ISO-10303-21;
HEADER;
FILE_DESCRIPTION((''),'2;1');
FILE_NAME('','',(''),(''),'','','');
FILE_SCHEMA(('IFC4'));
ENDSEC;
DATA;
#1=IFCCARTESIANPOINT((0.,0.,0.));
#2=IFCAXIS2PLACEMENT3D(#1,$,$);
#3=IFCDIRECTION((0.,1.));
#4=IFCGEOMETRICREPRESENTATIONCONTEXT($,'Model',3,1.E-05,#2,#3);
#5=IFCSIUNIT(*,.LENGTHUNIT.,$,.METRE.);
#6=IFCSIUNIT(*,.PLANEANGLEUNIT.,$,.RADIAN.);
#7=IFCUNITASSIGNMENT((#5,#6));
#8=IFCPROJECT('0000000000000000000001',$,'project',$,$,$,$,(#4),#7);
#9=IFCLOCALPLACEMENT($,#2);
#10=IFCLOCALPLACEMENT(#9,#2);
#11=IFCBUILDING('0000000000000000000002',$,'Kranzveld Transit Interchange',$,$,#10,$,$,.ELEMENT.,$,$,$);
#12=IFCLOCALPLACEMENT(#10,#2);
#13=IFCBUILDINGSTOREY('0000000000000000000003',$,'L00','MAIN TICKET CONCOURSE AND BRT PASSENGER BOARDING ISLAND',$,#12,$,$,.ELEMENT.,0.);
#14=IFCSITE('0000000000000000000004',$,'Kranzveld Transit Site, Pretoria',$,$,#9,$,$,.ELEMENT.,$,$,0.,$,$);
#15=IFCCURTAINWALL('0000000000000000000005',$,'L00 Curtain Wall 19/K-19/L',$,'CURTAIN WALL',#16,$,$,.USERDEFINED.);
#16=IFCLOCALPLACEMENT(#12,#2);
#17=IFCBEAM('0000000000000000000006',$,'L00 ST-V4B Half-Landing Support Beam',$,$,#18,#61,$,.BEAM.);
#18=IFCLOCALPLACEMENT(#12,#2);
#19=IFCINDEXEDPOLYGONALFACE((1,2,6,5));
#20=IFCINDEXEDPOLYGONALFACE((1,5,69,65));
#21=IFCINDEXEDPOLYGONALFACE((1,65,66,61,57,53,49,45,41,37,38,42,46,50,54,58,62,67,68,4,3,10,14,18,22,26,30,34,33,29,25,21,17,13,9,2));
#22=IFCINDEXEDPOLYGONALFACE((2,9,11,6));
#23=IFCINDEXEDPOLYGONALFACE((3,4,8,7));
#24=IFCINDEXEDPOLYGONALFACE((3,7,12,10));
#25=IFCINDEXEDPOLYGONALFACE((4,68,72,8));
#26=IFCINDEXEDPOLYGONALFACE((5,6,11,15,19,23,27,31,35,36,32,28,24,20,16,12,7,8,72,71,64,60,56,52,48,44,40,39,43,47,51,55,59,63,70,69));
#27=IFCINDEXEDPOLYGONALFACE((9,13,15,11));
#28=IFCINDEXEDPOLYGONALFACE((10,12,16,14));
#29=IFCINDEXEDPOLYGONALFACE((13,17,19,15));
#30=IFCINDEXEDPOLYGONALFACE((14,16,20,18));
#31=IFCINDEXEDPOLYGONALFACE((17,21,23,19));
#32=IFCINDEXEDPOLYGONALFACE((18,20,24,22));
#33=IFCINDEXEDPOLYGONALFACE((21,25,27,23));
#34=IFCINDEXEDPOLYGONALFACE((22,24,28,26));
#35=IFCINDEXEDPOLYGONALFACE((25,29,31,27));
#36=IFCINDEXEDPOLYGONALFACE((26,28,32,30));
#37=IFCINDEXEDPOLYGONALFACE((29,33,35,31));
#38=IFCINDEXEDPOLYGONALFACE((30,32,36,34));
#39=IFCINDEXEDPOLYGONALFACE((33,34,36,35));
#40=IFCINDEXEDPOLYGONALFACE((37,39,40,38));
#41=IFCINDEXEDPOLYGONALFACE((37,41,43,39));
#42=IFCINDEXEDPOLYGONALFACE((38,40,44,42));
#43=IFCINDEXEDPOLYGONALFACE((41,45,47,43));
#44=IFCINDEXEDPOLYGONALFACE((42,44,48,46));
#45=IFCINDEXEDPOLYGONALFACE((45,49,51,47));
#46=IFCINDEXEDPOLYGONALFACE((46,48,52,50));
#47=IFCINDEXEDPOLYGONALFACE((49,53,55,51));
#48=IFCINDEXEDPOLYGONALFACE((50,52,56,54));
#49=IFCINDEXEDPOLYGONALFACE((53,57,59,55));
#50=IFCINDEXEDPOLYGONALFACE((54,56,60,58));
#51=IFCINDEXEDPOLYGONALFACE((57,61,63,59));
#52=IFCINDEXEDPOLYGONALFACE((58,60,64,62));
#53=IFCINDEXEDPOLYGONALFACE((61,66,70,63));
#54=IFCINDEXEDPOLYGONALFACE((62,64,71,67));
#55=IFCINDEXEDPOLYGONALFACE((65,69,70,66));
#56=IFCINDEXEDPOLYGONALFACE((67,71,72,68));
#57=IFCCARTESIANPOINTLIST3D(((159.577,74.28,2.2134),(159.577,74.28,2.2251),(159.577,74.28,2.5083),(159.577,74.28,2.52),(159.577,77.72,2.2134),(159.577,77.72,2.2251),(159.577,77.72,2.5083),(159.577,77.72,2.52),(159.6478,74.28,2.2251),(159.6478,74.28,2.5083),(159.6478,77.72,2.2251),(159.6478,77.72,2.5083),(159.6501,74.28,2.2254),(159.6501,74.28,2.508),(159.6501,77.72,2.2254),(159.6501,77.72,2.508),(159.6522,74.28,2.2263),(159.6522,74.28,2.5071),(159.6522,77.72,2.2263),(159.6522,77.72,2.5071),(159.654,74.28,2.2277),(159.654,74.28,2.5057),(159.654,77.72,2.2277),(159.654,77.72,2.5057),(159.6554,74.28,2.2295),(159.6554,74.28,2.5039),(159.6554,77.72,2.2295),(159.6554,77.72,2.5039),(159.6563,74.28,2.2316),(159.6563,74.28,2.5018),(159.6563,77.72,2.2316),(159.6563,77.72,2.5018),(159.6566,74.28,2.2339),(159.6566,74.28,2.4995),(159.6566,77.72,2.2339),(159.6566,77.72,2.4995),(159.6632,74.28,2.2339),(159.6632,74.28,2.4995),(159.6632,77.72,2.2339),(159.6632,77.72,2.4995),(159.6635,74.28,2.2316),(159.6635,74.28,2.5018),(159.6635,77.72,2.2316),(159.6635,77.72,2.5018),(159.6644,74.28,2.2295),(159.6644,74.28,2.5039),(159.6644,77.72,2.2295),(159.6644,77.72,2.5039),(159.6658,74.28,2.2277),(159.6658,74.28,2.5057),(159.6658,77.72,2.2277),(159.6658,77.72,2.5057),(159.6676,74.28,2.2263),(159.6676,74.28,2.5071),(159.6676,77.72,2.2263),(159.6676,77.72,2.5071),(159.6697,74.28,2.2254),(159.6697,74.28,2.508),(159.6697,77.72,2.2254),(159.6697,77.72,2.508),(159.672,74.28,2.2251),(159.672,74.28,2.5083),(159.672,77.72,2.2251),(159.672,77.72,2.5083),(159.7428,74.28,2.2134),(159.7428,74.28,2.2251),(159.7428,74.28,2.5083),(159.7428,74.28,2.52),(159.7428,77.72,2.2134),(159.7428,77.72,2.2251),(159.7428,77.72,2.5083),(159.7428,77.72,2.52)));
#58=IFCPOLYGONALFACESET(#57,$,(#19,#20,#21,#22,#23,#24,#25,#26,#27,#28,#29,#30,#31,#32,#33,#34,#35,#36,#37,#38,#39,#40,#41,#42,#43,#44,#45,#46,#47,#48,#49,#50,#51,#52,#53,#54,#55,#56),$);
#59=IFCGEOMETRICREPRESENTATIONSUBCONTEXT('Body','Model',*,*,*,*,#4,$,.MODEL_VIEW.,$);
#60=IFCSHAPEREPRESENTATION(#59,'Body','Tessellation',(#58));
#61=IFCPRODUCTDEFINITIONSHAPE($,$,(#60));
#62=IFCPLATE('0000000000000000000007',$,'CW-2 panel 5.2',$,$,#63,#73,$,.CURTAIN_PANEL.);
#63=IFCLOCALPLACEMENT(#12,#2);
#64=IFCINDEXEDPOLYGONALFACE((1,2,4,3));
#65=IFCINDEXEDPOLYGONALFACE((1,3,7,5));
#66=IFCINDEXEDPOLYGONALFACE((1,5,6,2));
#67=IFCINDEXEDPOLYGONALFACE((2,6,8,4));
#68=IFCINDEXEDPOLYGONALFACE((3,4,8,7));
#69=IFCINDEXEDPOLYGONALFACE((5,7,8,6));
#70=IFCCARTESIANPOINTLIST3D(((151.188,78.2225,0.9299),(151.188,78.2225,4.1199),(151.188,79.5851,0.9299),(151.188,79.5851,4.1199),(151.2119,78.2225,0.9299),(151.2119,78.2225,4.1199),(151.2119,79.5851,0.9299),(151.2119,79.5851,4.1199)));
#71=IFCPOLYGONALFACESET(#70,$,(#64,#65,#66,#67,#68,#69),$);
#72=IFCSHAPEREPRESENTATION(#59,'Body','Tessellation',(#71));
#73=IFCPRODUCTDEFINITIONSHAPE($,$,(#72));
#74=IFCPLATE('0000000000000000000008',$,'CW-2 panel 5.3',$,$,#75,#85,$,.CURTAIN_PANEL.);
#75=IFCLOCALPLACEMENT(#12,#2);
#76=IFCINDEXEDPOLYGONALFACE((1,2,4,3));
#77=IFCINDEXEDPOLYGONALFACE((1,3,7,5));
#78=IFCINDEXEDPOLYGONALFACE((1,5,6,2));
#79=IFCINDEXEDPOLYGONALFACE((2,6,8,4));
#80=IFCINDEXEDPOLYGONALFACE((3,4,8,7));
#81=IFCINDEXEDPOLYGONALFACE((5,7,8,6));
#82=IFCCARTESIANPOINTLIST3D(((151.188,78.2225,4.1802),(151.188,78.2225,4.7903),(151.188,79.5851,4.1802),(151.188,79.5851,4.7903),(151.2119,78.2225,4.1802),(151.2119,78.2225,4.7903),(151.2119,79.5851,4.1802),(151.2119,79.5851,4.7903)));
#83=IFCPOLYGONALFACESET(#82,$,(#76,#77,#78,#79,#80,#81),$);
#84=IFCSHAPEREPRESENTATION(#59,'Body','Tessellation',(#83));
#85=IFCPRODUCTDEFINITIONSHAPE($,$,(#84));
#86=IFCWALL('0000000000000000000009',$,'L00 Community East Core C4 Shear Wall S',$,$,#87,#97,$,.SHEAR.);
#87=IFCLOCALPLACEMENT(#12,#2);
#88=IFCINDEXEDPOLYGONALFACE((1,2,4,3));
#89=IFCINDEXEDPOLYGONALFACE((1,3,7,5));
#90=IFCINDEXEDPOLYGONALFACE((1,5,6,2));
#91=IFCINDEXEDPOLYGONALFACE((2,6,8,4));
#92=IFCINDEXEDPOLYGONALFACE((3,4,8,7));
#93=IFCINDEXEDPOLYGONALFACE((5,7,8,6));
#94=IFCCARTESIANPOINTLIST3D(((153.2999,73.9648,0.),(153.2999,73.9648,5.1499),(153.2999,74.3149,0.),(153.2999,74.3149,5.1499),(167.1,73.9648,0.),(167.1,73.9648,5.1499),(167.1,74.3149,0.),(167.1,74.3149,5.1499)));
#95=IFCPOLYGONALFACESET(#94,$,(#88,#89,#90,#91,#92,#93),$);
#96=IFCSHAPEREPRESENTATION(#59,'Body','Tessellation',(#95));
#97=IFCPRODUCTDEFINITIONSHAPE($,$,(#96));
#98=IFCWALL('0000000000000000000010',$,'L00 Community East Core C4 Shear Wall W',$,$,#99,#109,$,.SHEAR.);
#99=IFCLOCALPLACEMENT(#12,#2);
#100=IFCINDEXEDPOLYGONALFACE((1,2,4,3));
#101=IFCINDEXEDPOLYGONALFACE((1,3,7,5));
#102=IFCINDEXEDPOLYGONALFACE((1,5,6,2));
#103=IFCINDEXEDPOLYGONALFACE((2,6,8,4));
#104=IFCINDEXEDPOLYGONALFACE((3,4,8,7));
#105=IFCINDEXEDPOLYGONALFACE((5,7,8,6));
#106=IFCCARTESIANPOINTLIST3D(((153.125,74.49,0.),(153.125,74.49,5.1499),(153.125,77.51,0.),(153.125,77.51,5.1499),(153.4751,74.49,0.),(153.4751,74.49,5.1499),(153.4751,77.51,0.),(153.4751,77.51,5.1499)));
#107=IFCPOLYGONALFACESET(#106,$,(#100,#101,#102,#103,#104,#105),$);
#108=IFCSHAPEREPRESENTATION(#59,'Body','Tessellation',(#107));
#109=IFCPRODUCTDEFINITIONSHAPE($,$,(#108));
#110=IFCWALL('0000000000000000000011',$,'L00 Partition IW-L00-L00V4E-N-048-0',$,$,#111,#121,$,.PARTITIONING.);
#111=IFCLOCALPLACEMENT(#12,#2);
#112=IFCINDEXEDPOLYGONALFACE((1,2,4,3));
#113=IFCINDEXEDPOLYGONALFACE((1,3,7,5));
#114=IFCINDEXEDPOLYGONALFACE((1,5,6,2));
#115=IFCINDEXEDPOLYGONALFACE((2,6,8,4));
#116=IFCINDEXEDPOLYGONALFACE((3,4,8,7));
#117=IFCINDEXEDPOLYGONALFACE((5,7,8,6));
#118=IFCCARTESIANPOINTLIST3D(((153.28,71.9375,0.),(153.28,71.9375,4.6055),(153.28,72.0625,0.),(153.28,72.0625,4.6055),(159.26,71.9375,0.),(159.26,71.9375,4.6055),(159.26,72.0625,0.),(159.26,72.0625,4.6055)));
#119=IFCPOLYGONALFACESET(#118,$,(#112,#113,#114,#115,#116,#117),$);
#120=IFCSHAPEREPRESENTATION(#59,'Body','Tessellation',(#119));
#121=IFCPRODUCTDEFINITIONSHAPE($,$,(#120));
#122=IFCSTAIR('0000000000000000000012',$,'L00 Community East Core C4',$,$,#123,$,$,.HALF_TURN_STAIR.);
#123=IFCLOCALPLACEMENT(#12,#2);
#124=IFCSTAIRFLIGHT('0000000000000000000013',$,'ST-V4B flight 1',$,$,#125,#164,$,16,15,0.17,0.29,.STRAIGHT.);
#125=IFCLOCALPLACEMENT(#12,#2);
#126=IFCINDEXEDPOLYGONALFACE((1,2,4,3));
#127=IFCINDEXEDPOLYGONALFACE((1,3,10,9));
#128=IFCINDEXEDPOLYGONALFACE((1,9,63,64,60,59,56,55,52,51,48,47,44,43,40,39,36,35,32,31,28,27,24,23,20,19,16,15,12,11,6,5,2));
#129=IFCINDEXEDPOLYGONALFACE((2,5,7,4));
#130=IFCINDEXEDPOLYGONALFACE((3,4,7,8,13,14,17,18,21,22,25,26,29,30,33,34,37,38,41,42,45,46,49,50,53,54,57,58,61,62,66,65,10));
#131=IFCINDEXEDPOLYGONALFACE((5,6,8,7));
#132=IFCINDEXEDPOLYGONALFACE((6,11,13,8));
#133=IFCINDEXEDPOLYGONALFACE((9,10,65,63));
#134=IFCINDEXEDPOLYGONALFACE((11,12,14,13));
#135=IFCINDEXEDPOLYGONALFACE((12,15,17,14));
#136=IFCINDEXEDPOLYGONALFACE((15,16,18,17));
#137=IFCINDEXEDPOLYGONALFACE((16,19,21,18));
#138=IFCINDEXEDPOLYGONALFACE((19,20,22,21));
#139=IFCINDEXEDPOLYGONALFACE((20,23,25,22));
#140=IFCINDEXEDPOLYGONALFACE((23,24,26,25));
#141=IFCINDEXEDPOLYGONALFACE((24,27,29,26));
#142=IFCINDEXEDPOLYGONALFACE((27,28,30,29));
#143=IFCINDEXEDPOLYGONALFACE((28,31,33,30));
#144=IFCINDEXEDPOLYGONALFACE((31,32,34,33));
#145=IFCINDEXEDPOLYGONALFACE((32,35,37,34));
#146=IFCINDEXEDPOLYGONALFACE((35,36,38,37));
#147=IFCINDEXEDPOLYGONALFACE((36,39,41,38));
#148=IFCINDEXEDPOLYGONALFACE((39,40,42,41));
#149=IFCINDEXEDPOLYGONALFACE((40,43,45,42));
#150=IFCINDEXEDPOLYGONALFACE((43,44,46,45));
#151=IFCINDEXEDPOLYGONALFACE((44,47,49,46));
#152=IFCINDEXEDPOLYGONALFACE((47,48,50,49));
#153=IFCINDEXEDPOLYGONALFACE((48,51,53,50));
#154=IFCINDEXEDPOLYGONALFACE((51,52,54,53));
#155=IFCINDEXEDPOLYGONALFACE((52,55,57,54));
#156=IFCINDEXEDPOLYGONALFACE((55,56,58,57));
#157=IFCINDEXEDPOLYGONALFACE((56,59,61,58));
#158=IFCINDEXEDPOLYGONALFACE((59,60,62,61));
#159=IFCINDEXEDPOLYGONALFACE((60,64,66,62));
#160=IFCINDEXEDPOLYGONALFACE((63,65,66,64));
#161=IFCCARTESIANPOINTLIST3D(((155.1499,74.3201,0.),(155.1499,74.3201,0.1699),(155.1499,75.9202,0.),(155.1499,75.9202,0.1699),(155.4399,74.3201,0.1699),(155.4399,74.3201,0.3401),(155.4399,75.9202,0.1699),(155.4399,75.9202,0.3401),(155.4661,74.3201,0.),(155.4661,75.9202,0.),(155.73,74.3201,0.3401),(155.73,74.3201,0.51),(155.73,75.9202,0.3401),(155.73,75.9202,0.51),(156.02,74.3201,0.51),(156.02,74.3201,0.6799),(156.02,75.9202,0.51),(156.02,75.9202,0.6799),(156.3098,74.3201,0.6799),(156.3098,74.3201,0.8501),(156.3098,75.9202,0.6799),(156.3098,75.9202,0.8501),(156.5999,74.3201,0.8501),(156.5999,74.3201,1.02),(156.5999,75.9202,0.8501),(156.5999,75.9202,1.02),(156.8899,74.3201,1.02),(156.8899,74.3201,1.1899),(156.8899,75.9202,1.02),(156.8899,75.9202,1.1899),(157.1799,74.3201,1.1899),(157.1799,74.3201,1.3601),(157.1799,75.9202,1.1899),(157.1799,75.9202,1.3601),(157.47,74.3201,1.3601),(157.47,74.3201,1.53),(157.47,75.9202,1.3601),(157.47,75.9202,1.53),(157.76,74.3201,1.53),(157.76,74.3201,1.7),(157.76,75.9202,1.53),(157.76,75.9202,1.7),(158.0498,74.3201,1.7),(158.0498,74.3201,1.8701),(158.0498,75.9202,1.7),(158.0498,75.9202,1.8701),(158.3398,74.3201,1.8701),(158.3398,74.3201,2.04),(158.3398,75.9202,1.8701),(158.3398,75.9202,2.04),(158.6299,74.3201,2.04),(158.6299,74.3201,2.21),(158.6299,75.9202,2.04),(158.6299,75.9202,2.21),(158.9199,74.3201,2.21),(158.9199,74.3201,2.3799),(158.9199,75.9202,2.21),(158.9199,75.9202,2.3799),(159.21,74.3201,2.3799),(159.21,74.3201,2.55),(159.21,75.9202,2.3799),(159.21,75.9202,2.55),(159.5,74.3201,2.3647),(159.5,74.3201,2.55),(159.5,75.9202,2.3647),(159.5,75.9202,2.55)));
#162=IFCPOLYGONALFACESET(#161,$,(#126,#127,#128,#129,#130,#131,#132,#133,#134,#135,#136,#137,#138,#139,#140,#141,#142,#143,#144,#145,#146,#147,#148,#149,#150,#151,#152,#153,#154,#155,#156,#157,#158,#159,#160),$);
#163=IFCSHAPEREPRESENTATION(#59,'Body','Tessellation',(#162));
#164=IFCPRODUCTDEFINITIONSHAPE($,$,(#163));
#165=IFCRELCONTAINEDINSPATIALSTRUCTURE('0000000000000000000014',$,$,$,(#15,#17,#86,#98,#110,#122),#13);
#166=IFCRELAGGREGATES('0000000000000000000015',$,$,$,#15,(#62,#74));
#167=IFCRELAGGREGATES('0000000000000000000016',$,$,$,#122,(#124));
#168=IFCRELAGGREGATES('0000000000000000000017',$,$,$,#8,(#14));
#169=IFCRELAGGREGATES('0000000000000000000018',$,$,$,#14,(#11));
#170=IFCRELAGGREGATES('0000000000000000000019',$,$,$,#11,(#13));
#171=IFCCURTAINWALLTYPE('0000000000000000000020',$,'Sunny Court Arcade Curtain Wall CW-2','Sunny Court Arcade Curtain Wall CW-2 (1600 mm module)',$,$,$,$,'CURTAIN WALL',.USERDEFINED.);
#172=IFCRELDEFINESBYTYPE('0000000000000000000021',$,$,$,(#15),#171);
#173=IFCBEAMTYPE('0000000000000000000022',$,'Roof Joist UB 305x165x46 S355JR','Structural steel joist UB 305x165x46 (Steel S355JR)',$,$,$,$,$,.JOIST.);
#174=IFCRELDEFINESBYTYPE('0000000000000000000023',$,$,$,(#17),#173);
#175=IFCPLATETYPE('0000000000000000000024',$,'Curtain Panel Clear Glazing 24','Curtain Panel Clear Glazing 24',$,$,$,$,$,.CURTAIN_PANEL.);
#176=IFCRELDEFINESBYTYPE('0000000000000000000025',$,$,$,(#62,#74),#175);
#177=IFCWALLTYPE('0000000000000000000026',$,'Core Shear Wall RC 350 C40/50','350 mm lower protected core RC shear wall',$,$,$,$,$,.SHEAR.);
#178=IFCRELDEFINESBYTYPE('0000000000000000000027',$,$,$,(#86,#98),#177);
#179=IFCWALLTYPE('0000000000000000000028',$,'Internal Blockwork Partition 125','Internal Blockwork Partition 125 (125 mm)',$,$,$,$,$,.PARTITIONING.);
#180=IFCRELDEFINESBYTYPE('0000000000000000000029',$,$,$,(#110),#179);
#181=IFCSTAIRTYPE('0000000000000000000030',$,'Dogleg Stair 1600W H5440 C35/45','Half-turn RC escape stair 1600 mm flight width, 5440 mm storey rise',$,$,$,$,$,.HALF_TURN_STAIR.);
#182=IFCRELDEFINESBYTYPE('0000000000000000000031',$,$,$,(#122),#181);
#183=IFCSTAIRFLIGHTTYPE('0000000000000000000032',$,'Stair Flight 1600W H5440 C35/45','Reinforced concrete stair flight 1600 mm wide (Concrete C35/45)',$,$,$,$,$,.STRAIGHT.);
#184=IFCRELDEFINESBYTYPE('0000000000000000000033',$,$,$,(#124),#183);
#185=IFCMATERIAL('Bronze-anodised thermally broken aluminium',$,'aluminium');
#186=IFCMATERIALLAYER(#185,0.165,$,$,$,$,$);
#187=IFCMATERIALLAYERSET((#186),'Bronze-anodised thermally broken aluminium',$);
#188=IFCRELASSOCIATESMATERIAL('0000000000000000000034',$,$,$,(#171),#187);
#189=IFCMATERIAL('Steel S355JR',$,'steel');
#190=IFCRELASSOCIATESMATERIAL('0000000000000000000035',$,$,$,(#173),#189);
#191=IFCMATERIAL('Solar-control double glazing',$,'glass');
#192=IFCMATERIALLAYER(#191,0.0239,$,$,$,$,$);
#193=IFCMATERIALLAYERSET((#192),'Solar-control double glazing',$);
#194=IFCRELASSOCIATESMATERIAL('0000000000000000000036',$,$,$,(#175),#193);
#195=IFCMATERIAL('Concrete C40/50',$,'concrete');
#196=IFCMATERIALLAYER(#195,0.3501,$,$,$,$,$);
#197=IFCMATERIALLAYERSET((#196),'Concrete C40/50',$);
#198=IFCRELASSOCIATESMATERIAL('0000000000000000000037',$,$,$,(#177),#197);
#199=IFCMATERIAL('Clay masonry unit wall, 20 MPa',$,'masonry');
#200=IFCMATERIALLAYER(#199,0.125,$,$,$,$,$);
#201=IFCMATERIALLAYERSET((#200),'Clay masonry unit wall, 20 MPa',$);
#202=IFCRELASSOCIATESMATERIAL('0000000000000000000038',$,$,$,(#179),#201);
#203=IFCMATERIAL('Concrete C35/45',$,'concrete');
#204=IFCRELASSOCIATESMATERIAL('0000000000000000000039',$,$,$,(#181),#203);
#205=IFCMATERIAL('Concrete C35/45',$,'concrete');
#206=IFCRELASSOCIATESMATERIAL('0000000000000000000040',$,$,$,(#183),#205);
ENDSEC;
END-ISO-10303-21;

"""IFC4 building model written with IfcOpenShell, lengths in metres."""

from ifc_helpers import new_model, si_unit, direction, frame, frame_2d, origin, origin_2d, place, context, subcontext, project, spatial, polyline, rectangle, i_section, outline, extrude, material, layer, layer_set, material_profile, profile_set, type_object, element, aggregate, save


model = new_model("IFC4")

# Units and contexts
model_context = context("Model", 3, precision=1e-05, world=origin(), true_north=direction((0.0, 1.0)))
body_context = subcontext(model_context, "Body", "Model", "MODEL_VIEW")
ifc_project = project(units=[si_unit("LENGTHUNIT", "METRE"), si_unit("PLANEANGLEUNIT", "RADIAN")], contexts=[model_context])

# Site, building, storey
site_placement = place(None, origin())
site = spatial("IfcSite", under=ifc_project, at=site_placement, Name="Kranzveld Transit Site, Pretoria", CompositionType="ELEMENT", RefElevation=0.0)
building_placement = place(site_placement, origin())
building = spatial("IfcBuilding", under=site, at=building_placement, Name="Kranzveld Transit Interchange", CompositionType="ELEMENT")
storey_placement = place(building_placement, origin())
storey = spatial("IfcBuildingStorey", under=building, at=storey_placement, Name="L00", Description="MAIN TICKET CONCOURSE AND BRT PASSENGER BOARDING ISLAND", CompositionType="ELEMENT", Elevation=0.0)

# Curtain wall
ifc_material_1 = material(Name="Bronze-anodised thermally broken aluminium", Category="aluminium")
ifc_layer_1 = layer(ifc_material_1, 0.165)
ifc_layer_set_1 = layer_set([ifc_layer_1], Name="Bronze-anodised thermally broken aluminium")
curtain_wall_type = type_object("IfcCurtainWallType", Name="Sunny Court Arcade Curtain Wall CW-2", Description="Sunny Court Arcade Curtain Wall CW-2 (1600 mm module)", ElementType="CURTAIN WALL", PredefinedType="USERDEFINED", material=ifc_layer_set_1)
curtain_wall_placement = place(storey_placement, origin())
curtain_wall = element("IfcCurtainWall", 1, at=curtain_wall_placement, inside=storey, type_object=curtain_wall_type, Name="L00 Curtain Wall 19/K-19/L", ObjectType="CURTAIN WALL", PredefinedType="USERDEFINED")

# Beam
ifc_material_2 = material(Name="Steel S355JR", Category="steel")
ifc_material_profile_1 = material_profile(ifc_material_2, i_section(OverallWidth=0.1658, OverallDepth=0.3066, WebThickness=0.0066, FlangeThickness=0.0117, FilletRadius=0.0088, at=origin_2d()), Name="UB 305x165x46")
ifc_profile_set_1 = profile_set([ifc_material_profile_1], Name="Steel S355JR")
beam_type_1 = type_object("IfcBeamType", Name="Roof Joist UB 305x165x46 S355JR", Description="Structural steel joist UB 305x165x46 (Steel S355JR)", PredefinedType="JOIST", material=ifc_profile_set_1)
beam_1_placement = place(storey_placement, frame((159.6599, 74.28, 2.3667), z_axis=(0.0, 1.0, 0.0), x_axis=(-1.0, 0.0, 0.0)))
element("IfcBeam", 2, at=beam_1_placement, inside=storey, type_object=beam_type_1, Name="L00 ST-V4B Half-Landing Support Beam", PredefinedType="BEAM", context=body_context, shape_type="SweptSolid", body=[
    extrude(i_section(OverallWidth=0.1658, OverallDepth=0.3066, WebThickness=0.0066, FlangeThickness=0.0117, FilletRadius=0.0088, at=origin_2d()), origin(), (0.0, 0.0, 1.0), 3.4399),
])

# Plates
ifc_material_3 = material(Name="Solar-control double glazing", Category="glass")
ifc_layer_2 = layer(ifc_material_3, 0.0239)
ifc_layer_set_2 = layer_set([ifc_layer_2], Name="Solar-control double glazing")
plate_type = type_object("IfcPlateType", Name="Curtain Panel Clear Glazing 24", Description="Curtain Panel Clear Glazing 24", PredefinedType="CURTAIN_PANEL", material=ifc_layer_set_2)
plate_1_placement = place(storey_placement, frame((151.2, 78.9038, 0.9299), z_axis=(0.0, 0.0, 1.0), x_axis=(0.0, 1.0, 0.0)))
plate_1 = element("IfcPlate", 3, at=plate_1_placement, type_object=plate_type, Name="CW-2 panel 5.2", PredefinedType="CURTAIN_PANEL", context=body_context, shape_type="SweptSolid", body=[
    extrude(rectangle(XDim=1.3625, YDim=0.0239, at=origin_2d()), origin(), (0.0, 0.0, 1.0), 3.1899),
])
plate_2_placement = place(storey_placement, frame((151.2, 78.9038, 4.1802), z_axis=(0.0, 0.0, 1.0), x_axis=(0.0, 1.0, 0.0)))
plate_2 = element("IfcPlate", 4, at=plate_2_placement, type_object=plate_type, Name="CW-2 panel 5.3", PredefinedType="CURTAIN_PANEL", context=body_context, shape_type="SweptSolid", body=[
    extrude(rectangle(XDim=1.3625, YDim=0.0239, at=origin_2d()), origin(), (0.0, 0.0, 1.0), 0.6101),
])
aggregate(curtain_wall, [plate_1, plate_2])

# Wall
ifc_material_4 = material(Name="Concrete C40/50", Category="concrete")
ifc_layer_3 = layer(ifc_material_4, 0.3501)
ifc_layer_set_3 = layer_set([ifc_layer_3], Name="Concrete C40/50")
wall_type_1 = type_object("IfcWallType", Name="Core Shear Wall RC 350 C40/50", Description="350 mm lower protected core RC shear wall", PredefinedType="SHEAR", material=ifc_layer_set_3)
wall_1_placement = place(storey_placement, frame((153.3, 74.1399, 0.0), z_axis=(0.0, 0.0, 1.0), x_axis=(1.0, 0.0, 0.0)))
element("IfcWall", 5, at=wall_1_placement, inside=storey, type_object=wall_type_1, Name="L00 Community East Core C4 Shear Wall S", PredefinedType="SHEAR", context=body_context, shape_type="SweptSolid", body=[
    extrude(rectangle(XDim=13.8, YDim=0.3501, at=frame_2d((6.8999, 0.0))), origin(), (0.0, 0.0, 1.0), 5.1499),
])

# Walls
wall_2_placement = place(storey_placement, frame((153.3, 74.49, 0.0), z_axis=(0.0, 0.0, 1.0), x_axis=(0.0, 1.0, 0.0)))
element("IfcWall", 6, at=wall_2_placement, inside=storey, type_object=wall_type_1, Name="L00 Community East Core C4 Shear Wall W", PredefinedType="SHEAR", context=body_context, shape_type="SweptSolid", body=[
    extrude(rectangle(XDim=3.02, YDim=0.3501, at=frame_2d((1.51, 0.0))), origin(), (0.0, 0.0, 1.0), 5.1499),
])
ifc_material_5 = material(Name="Clay masonry unit wall, 20 MPa", Category="masonry")
ifc_layer_4 = layer(ifc_material_5, 0.125)
ifc_layer_set_4 = layer_set([ifc_layer_4], Name="Clay masonry unit wall, 20 MPa")
wall_type_2 = type_object("IfcWallType", Name="Internal Blockwork Partition 125", Description="Internal Blockwork Partition 125 (125 mm)", PredefinedType="PARTITIONING", material=ifc_layer_set_4)
wall_3_placement = place(storey_placement, frame((153.28, 72.0, 0.0), z_axis=(0.0, 0.0, 1.0), x_axis=(1.0, 0.0, 0.0)))
element("IfcWall", 7, at=wall_3_placement, inside=storey, type_object=wall_type_2, Name="L00 Partition IW-L00-L00V4E-N-048-0", PredefinedType="PARTITIONING", context=body_context, shape_type="SweptSolid", body=[
    extrude(rectangle(XDim=5.98, YDim=0.125, at=frame_2d((2.99, 0.0))), origin(), (0.0, 0.0, 1.0), 4.6055),
])

# Stair, stair flight
ifc_material_6 = material(Name="Concrete C35/45", Category="concrete")
stair_type = type_object("IfcStairType", Name="Dogleg Stair 1600W H5440 C35/45", Description="Half-turn RC escape stair 1600 mm flight width, 5440 mm storey rise", PredefinedType="HALF_TURN_STAIR", material=ifc_material_6)
stair_placement = place(storey_placement, origin())
stair = element("IfcStair", 8, at=stair_placement, inside=storey, type_object=stair_type, Name="L00 Community East Core C4", PredefinedType="HALF_TURN_STAIR")
ifc_material_7 = material(Name="Concrete C35/45", Category="concrete")
stair_flight_type = type_object("IfcStairFlightType", Name="Stair Flight 1600W H5440 C35/45", Description="Reinforced concrete stair flight 1600 mm wide (Concrete C35/45)", PredefinedType="STRAIGHT", material=ifc_material_7)
stair_flight_1_placement = place(storey_placement, frame((155.1499, 75.1201, 0.0), z_axis=(0.0, 0.0, 1.0), x_axis=(1.0, 0.0, 0.0)))
stair_flight_1 = element("IfcStairFlight", 9, at=stair_flight_1_placement, type_object=stair_flight_type, Name="ST-V4B flight 1", NumberOfRisers=16, NumberOfTreads=15, PredefinedType="STRAIGHT", RiserHeight=0.17, TreadLength=0.29, context=body_context, shape_type="SweptSolid", body=[
    extrude(outline(polyline([(0.0, 0.0), (0.0, 0.1699), (0.29, 0.1699), (0.29, 0.3401), (0.5801, 0.3401), (0.5801, 0.51), (0.8701, 0.51), (0.8701, 0.6799), (1.1599, 0.6799), (1.1599, 0.8501), (1.45, 0.8501), (1.45, 1.02), (1.74, 1.02), (1.74, 1.1899), (2.03, 1.1899), (2.03, 1.3601), (2.3201, 1.3601), (2.3201, 1.53), (2.6101, 1.53), (2.6101, 1.7), (2.8999, 1.7), (2.8999, 1.8701), (3.1899, 1.8701), (3.1899, 2.04), (3.48, 2.04), (3.48, 2.21), (3.77, 2.21), (3.77, 2.3799), (4.0601, 2.3799), (4.0601, 2.55), (4.3501, 2.55), (4.3501, 2.72), (4.3501, 2.3647), (0.3162, 0.0), (0.0, 0.0)])), frame((0.0, 0.8, 0.0), z_axis=(0.0, -1.0, 0.0), x_axis=(1.0, 0.0, 0.0)), (0.0, 0.0, 1.0), 1.6001),
])
aggregate(stair, [stair_flight_1])

save(model, "model.ifc")
